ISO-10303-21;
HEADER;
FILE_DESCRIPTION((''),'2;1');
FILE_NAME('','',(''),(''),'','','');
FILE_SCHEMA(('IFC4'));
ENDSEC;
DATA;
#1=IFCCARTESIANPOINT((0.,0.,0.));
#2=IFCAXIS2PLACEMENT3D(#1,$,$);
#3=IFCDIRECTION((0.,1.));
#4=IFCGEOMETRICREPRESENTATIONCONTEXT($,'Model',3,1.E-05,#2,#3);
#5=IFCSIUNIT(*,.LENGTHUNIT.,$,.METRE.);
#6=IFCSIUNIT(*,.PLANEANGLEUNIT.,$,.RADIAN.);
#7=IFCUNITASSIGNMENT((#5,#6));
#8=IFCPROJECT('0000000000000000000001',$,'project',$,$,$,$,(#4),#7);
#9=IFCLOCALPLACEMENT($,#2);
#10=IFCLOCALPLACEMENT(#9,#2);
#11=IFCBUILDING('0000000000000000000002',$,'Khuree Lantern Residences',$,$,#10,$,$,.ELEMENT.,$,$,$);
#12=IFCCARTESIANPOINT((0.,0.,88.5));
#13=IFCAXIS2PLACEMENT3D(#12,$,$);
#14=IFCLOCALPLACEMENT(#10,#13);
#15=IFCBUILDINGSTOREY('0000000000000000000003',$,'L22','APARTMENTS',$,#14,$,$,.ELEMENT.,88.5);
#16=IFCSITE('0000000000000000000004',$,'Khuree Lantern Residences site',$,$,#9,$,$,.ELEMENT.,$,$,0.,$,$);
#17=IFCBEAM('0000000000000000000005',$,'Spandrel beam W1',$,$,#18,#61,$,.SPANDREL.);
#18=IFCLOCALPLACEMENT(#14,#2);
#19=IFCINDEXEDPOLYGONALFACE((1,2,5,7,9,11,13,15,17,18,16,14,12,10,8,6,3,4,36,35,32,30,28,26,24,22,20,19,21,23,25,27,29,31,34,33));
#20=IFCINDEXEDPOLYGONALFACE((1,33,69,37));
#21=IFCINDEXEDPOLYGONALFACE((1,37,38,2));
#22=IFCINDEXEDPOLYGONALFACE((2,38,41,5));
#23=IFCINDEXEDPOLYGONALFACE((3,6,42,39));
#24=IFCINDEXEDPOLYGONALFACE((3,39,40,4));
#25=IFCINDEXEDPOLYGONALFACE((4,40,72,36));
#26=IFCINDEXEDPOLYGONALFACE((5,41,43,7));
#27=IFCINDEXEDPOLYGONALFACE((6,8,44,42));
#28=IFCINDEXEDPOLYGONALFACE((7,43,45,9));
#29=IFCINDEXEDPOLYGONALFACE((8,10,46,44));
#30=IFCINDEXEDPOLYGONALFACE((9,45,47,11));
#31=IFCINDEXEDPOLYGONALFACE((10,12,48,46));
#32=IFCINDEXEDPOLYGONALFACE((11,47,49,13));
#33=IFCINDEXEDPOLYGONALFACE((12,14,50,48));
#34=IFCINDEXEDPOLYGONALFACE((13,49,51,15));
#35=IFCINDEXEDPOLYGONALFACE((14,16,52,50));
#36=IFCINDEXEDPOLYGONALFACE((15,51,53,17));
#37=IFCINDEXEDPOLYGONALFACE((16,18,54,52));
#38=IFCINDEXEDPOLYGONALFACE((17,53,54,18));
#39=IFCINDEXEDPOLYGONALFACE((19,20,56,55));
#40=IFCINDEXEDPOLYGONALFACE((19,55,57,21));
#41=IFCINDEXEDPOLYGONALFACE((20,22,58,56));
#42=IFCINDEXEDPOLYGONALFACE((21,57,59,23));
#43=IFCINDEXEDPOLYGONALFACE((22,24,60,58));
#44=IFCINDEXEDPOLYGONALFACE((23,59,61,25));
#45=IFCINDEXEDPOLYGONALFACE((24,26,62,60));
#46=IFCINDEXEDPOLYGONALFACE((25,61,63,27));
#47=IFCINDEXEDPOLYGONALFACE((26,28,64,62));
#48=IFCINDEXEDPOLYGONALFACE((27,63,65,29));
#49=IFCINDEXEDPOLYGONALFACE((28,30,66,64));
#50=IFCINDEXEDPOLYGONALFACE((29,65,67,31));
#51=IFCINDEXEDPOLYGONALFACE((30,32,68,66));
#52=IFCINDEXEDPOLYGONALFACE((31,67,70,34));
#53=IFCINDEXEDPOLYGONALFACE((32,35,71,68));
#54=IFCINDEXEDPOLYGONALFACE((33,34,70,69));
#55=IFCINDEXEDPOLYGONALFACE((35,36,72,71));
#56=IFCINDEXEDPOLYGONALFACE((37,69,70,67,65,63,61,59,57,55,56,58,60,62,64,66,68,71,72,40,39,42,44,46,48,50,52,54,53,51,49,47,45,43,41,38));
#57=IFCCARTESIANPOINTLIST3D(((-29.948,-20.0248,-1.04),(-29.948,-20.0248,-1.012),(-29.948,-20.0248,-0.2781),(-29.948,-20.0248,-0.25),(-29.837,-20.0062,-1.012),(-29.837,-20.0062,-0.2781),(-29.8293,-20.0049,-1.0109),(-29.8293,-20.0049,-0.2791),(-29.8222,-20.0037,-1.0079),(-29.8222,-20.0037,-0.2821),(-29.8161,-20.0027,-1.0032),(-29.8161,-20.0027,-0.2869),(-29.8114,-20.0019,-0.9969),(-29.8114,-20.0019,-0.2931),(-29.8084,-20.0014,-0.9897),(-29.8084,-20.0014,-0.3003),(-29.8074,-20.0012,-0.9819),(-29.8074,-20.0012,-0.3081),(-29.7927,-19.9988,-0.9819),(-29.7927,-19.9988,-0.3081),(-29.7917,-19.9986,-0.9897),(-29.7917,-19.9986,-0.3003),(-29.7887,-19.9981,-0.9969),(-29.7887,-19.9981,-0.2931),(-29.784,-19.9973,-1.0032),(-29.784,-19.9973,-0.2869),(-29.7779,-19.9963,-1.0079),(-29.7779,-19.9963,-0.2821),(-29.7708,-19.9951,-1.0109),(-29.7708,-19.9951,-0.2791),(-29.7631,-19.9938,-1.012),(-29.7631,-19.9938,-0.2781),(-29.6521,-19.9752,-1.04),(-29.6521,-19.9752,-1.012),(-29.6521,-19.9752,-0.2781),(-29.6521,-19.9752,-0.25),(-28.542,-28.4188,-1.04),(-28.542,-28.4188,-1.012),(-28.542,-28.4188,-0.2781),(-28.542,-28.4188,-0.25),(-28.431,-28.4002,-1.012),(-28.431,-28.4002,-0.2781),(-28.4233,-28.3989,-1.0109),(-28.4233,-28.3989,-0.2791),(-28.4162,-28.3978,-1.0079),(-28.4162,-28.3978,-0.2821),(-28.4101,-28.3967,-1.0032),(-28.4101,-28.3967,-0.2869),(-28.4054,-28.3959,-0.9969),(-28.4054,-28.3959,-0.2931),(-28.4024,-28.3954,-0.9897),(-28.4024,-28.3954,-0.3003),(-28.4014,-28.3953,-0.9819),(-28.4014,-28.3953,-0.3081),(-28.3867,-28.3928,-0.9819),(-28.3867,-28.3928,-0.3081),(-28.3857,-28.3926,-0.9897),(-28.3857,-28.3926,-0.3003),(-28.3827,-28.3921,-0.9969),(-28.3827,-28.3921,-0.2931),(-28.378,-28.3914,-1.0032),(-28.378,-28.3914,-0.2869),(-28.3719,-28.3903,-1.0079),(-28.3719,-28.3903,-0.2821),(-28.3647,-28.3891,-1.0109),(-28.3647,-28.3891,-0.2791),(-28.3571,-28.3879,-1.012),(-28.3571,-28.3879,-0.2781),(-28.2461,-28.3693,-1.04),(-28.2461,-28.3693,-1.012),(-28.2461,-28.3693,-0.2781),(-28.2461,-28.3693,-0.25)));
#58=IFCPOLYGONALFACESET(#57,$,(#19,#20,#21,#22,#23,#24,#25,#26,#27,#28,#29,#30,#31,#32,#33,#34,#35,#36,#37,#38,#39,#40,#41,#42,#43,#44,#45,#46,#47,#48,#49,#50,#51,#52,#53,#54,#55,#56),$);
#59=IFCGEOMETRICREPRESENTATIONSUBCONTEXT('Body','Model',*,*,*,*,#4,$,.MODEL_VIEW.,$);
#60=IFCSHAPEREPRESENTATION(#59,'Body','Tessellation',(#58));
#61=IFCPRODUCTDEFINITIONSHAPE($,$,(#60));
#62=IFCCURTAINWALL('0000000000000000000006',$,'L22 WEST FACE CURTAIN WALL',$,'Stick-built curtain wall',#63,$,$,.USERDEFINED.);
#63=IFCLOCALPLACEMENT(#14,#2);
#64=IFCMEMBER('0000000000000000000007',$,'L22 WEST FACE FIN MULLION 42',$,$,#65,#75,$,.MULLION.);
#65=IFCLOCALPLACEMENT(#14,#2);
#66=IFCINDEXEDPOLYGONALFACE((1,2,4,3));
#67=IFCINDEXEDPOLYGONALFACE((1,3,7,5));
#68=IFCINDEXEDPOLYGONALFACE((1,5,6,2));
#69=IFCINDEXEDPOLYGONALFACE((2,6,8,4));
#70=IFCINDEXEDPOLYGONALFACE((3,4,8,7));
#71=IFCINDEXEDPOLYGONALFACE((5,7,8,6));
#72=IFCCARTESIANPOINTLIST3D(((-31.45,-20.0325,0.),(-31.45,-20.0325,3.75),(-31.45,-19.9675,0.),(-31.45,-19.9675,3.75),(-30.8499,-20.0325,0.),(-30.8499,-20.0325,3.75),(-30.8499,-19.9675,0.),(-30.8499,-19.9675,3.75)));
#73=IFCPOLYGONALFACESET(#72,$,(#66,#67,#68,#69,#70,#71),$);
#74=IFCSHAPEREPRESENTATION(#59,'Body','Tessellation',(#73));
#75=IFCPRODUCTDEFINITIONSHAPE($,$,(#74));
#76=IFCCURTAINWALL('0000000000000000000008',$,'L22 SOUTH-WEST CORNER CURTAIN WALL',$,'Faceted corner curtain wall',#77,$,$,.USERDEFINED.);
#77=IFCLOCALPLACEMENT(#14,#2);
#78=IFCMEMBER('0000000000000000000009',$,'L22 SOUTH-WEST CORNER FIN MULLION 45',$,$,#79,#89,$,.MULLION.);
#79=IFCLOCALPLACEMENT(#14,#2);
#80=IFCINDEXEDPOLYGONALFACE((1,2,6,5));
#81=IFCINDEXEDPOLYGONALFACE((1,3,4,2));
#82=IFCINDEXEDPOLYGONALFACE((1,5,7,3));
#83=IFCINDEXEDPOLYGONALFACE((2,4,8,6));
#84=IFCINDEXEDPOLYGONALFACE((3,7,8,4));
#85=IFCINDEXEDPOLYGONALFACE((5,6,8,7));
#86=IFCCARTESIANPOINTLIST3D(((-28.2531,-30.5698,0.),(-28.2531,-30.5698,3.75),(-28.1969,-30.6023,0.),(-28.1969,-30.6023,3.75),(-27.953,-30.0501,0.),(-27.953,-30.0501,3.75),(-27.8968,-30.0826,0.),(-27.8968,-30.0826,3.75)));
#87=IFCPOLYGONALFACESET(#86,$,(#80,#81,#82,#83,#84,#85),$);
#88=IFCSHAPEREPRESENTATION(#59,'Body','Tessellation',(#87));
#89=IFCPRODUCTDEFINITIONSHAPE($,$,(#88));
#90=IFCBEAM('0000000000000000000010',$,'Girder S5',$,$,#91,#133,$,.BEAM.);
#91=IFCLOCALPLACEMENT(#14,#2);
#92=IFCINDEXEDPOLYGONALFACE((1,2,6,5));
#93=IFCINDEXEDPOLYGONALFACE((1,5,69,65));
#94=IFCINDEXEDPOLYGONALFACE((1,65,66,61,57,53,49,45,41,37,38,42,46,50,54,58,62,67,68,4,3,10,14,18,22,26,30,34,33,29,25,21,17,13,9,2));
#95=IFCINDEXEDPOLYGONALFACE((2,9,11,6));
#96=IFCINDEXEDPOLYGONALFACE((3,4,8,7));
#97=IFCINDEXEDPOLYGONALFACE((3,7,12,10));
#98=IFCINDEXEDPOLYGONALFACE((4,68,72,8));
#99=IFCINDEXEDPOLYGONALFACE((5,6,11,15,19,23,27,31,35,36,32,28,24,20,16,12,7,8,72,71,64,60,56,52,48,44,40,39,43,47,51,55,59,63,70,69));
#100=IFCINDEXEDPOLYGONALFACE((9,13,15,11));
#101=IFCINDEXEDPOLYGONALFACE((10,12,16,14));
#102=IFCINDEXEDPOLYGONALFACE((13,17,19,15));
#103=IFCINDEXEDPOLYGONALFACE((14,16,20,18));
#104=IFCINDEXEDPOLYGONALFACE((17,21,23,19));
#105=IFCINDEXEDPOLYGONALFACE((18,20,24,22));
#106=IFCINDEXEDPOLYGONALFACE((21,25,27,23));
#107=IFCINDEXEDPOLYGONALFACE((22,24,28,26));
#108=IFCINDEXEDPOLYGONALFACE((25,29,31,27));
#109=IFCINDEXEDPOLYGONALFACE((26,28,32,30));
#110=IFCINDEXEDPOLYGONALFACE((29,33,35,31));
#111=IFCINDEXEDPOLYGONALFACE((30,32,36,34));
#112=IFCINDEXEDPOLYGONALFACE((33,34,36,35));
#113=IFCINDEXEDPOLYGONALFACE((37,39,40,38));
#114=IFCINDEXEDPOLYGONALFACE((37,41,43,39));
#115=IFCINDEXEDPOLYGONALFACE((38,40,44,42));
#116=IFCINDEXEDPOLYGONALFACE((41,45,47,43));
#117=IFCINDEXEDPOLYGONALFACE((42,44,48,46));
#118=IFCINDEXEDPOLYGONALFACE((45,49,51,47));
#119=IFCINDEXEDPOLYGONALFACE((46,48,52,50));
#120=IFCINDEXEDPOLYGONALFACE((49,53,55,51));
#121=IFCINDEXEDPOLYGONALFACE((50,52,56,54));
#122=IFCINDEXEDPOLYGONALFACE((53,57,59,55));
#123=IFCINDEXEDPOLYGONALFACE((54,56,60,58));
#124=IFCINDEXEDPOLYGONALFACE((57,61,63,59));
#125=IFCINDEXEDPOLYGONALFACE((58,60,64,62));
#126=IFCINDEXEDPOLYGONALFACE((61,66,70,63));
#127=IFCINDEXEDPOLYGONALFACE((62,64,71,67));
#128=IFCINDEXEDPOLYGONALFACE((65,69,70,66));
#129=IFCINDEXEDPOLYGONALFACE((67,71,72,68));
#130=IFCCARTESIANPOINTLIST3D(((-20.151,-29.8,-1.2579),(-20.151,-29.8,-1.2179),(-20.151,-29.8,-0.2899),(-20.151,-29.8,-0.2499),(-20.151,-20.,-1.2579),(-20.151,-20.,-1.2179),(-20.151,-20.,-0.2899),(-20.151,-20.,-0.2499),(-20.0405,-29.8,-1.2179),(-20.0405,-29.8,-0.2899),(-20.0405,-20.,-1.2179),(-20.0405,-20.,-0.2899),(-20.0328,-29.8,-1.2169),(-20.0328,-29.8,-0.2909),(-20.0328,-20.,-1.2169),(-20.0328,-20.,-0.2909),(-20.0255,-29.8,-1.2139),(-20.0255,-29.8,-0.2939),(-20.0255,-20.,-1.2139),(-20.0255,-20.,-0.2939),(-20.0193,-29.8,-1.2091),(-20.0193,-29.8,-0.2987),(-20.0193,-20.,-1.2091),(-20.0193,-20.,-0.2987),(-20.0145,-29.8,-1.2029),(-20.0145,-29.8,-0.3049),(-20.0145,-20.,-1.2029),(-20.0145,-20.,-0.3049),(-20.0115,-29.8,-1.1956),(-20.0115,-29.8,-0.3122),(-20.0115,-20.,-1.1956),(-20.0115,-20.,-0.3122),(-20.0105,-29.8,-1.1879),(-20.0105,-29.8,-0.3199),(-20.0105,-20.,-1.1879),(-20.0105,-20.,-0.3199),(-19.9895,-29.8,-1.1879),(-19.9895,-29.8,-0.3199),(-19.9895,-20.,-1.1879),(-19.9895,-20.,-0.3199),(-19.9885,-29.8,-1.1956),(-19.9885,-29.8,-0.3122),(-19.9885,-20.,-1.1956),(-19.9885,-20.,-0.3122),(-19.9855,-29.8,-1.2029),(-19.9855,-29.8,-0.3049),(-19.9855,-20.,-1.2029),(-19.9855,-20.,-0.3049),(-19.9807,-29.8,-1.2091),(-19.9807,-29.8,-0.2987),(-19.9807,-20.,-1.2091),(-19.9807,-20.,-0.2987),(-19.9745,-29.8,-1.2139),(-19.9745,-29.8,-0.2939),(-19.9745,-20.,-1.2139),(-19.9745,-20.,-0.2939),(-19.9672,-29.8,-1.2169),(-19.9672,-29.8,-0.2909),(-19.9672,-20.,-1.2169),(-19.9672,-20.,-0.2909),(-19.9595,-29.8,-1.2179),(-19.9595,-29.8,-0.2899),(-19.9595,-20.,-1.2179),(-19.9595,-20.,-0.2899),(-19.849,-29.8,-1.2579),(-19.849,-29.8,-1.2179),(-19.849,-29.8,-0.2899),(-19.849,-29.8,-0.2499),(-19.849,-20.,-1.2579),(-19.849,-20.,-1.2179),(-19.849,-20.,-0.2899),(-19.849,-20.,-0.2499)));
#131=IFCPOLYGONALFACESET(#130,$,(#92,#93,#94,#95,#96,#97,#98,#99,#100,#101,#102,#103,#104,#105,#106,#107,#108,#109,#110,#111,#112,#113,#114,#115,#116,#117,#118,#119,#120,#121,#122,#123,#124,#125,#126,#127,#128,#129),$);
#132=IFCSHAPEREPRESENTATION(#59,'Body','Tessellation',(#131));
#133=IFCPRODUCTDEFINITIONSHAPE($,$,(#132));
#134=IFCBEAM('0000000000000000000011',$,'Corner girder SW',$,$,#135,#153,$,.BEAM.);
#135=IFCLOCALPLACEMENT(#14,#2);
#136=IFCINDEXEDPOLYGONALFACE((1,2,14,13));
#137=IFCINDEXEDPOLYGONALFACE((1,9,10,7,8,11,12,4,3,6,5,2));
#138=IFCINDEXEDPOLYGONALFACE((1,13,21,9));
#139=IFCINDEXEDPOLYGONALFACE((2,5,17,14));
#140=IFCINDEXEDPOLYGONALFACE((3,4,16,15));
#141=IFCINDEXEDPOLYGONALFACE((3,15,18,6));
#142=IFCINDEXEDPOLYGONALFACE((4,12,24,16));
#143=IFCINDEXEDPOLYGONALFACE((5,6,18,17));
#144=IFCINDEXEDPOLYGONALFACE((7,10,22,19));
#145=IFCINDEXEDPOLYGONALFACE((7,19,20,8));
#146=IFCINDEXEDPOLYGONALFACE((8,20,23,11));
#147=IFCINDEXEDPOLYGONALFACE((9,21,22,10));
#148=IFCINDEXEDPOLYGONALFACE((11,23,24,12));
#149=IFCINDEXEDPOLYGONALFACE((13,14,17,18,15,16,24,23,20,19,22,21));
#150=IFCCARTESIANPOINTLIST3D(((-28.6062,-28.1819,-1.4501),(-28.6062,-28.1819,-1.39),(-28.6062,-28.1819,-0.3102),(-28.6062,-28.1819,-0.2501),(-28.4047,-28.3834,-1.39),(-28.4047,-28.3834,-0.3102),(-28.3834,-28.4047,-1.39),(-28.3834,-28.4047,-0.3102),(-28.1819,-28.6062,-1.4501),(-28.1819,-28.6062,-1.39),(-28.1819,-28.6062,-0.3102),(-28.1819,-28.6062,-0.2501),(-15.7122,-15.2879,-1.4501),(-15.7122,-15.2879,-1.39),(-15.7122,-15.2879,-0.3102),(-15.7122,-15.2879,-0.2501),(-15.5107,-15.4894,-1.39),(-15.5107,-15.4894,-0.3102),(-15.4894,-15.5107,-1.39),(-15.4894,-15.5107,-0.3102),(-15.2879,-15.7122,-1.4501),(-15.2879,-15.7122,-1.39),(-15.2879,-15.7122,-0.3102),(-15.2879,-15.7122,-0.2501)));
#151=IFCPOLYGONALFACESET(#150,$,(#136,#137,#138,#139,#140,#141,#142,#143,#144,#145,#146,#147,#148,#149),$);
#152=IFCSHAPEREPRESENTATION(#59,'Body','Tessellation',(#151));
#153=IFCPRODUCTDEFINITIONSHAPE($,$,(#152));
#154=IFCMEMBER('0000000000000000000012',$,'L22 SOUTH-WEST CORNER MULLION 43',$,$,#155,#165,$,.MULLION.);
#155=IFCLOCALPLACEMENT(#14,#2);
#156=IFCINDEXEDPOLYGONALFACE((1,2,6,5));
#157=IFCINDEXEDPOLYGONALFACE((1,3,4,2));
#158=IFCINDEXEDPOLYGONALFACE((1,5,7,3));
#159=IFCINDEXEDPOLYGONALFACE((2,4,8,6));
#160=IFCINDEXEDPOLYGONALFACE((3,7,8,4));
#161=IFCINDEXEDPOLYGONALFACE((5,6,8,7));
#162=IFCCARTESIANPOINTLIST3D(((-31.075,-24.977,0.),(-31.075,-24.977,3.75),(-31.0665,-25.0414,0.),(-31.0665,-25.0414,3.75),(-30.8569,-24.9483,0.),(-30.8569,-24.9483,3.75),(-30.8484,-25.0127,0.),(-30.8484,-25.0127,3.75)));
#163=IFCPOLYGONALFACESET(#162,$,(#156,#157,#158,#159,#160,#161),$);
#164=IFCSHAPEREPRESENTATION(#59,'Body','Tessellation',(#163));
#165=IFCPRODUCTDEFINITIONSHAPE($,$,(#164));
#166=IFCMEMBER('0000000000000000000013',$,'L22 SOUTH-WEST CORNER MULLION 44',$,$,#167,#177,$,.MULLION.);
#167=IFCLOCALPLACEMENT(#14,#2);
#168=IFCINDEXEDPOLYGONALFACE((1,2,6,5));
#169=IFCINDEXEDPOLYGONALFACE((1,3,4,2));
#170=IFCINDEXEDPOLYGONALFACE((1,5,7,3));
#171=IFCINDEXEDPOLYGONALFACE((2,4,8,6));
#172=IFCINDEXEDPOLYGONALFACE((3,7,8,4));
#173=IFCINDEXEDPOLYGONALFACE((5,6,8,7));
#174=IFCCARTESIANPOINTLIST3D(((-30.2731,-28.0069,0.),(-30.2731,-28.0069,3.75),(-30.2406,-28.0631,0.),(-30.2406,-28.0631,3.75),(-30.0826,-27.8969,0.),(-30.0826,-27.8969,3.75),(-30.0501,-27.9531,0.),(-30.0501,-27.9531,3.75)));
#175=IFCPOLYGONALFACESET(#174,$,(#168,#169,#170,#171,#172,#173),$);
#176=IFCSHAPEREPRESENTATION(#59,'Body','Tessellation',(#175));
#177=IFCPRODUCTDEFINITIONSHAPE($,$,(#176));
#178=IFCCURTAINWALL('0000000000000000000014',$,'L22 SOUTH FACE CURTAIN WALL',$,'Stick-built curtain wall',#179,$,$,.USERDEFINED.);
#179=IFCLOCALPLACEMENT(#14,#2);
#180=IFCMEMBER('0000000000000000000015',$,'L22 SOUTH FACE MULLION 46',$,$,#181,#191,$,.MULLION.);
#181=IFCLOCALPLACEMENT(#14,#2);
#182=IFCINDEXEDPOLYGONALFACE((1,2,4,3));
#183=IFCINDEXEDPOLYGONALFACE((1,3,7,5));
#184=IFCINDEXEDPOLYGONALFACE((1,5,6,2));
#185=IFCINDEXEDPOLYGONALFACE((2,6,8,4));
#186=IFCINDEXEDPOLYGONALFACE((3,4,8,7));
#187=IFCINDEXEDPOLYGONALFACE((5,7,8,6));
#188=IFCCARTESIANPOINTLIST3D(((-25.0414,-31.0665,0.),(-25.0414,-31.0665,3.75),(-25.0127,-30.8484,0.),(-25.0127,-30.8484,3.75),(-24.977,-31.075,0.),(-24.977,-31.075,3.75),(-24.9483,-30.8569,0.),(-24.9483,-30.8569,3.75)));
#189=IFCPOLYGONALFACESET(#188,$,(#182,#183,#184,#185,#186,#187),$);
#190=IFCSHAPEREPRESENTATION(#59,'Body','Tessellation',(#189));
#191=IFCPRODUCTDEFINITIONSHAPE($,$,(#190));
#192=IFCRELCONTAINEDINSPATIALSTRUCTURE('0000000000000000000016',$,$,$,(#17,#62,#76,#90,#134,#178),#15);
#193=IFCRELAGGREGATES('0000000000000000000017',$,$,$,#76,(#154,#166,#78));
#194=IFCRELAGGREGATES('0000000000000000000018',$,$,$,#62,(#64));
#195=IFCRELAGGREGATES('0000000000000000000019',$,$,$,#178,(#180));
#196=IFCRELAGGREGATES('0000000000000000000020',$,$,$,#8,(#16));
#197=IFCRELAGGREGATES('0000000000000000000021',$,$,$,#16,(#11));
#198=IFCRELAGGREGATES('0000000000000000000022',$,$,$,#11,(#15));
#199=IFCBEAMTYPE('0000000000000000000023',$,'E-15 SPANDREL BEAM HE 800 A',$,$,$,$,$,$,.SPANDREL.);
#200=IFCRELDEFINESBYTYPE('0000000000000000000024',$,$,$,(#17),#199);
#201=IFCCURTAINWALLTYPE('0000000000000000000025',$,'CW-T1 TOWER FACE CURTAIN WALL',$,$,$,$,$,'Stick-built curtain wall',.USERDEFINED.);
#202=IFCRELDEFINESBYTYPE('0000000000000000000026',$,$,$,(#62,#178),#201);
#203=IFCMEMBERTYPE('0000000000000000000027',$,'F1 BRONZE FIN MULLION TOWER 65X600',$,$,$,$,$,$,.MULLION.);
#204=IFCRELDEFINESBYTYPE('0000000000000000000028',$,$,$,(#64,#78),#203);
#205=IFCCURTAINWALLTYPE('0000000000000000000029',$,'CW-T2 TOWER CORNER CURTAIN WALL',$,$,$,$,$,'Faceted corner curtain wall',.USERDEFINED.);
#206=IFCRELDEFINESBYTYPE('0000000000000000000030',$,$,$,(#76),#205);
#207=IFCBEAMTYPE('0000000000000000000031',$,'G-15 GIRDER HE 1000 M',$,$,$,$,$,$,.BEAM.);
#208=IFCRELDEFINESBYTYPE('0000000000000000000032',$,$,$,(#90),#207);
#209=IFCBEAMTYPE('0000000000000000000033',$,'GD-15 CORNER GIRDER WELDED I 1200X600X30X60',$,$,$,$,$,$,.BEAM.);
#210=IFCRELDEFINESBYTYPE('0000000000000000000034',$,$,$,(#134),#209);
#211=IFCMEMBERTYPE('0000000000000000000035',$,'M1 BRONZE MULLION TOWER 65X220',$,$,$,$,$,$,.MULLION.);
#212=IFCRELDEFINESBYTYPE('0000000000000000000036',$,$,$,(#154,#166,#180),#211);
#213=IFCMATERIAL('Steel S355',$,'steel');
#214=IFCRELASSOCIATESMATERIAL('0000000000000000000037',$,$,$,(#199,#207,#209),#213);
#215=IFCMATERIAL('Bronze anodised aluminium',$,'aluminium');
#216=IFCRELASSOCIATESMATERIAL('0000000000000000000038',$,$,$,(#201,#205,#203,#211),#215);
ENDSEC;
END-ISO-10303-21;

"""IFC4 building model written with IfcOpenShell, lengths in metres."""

from ifc_helpers import new_model, si_unit, direction, frame, origin, origin_2d, place, context, subcontext, project, spatial, rectangle, i_section, extrude, material, material_profile, profile_set, type_object, element, aggregate, save


model = new_model("IFC4")

# Units and contexts
model_context = context("Model", 3, precision=1e-05, world=origin(), true_north=direction((0.0, 1.0)))
body_context = subcontext(model_context, "Body", "Model", "MODEL_VIEW")
ifc_project = project(units=[si_unit("LENGTHUNIT", "METRE"), si_unit("PLANEANGLEUNIT", "RADIAN")], contexts=[model_context])

# Site, building, storey
site_placement = place(None, origin())
site = spatial("IfcSite", under=ifc_project, at=site_placement, Name="Khuree Lantern Residences site", CompositionType="ELEMENT", RefElevation=0.0)
building_placement = place(site_placement, origin())
building = spatial("IfcBuilding", under=site, at=building_placement, Name="Khuree Lantern Residences", CompositionType="ELEMENT")
storey_placement = place(building_placement, frame((0.0, 0.0, 88.5)))
storey = spatial("IfcBuildingStorey", under=building, at=storey_placement, Name="L22", Description="APARTMENTS", CompositionType="ELEMENT", Elevation=88.5)

# Beam
ifc_material_1 = material(Name="Steel S355", Category="steel")
ifc_material_profile_1 = material_profile(ifc_material_1, i_section(OverallWidth=0.3, OverallDepth=0.79, WebThickness=0.0149, FlangeThickness=0.0281, FilletRadius=0.03, at=origin_2d()), Name="HE 800 A")
ifc_profile_set_1 = profile_set([ifc_material_profile_1], Name="Steel S355")
beam_type_1 = type_object("IfcBeamType", Name="E-15 SPANDREL BEAM HE 800 A", PredefinedType="SPANDREL", material=ifc_profile_set_1)
for number, where, z_axis, x_axis, name in (
    (1, (-28.394, -28.394, -0.645), (-0.165199, 0.98626, 0.0), (-0.98626, -0.165199, 0.0), "Spandrel beam W1"),
):
    element("IfcBeam", number, at=place(storey_placement, frame(where, z_axis=z_axis, x_axis=x_axis)), inside=storey, type_object=beam_type_1, Name=name, PredefinedType="SPANDREL", context=body_context, shape_type="SweptSolid", body=[
        extrude(i_section(OverallWidth=0.3, OverallDepth=0.79, WebThickness=0.0149, FlangeThickness=0.0281, FilletRadius=0.03, at=origin_2d()), origin(), (0.0, 0.0, 1.0), 8.511),
    ])

# Curtain walls, members
ifc_material_2 = material(Name="Bronze anodised aluminium", Category="aluminium")
curtain_wall_type_1 = type_object("IfcCurtainWallType", Name="CW-T1 TOWER FACE CURTAIN WALL", ElementType="Stick-built curtain wall", PredefinedType="USERDEFINED", material=ifc_material_2)
curtain_wall_1_placement = place(storey_placement, origin())
curtain_wall_1 = element("IfcCurtainWall", 2, at=curtain_wall_1_placement, inside=storey, type_object=curtain_wall_type_1, Name="L22 WEST FACE CURTAIN WALL", ObjectType="Stick-built curtain wall", PredefinedType="USERDEFINED")
ifc_material_profile_2 = material_profile(ifc_material_2, rectangle(XDim=0.0649, YDim=0.6001, at=origin_2d()), Name="F1 65X600")
ifc_profile_set_2 = profile_set([ifc_material_profile_2], Name="Bronze anodised aluminium")
member_type_1 = type_object("IfcMemberType", Name="F1 BRONZE FIN MULLION TOWER 65X600", PredefinedType="MULLION", material=ifc_profile_set_2)
member_1_placement = place(storey_placement, frame((-31.1499, -20.0, 0.0), z_axis=(0.0, 0.0, 1.0), x_axis=(0.0, -1.0, 0.0)))
member_1 = element("IfcMember", 3, at=member_1_placement, type_object=member_type_1, Name="L22 WEST FACE FIN MULLION 42", PredefinedType="MULLION", context=body_context, shape_type="SweptSolid", body=[
    extrude(rectangle(XDim=0.0649, YDim=0.6001, at=origin_2d()), origin(), (0.0, 0.0, 1.0), 3.75),
])
curtain_wall_type_2 = type_object("IfcCurtainWallType", Name="CW-T2 TOWER CORNER CURTAIN WALL", ElementType="Faceted corner curtain wall", PredefinedType="USERDEFINED", material=ifc_material_2)
curtain_wall_2_placement = place(storey_placement, origin())
curtain_wall_2 = element("IfcCurtainWall", 4, at=curtain_wall_2_placement, inside=storey, type_object=curtain_wall_type_2, Name="L22 SOUTH-WEST CORNER CURTAIN WALL", ObjectType="Faceted corner curtain wall", PredefinedType="USERDEFINED")
member_2_placement = place(storey_placement, frame((-28.075, -30.3262, 0.0), z_axis=(0.0, 0.0, 1.0), x_axis=(0.866025, -0.5, 0.0)))
member_2 = element("IfcMember", 5, at=member_2_placement, type_object=member_type_1, Name="L22 SOUTH-WEST CORNER FIN MULLION 45", PredefinedType="MULLION", context=body_context, shape_type="SweptSolid", body=[
    extrude(rectangle(XDim=0.0649, YDim=0.6001, at=origin_2d()), origin(), (0.0, 0.0, 1.0), 3.75),
])

# Beams
ifc_material_profile_3 = material_profile(ifc_material_1, i_section(OverallWidth=0.302, OverallDepth=1.0081, WebThickness=0.021, FlangeThickness=0.04, FilletRadius=0.03, at=origin_2d()), Name="HE 1000 M")
ifc_profile_set_3 = profile_set([ifc_material_profile_3], Name="Steel S355")
beam_type_2 = type_object("IfcBeamType", Name="G-15 GIRDER HE 1000 M", PredefinedType="BEAM", material=ifc_profile_set_3)
beam_1_placement = place(storey_placement, frame((-20.0, -29.8, -0.7539), z_axis=(0.0, 1.0, 0.0), x_axis=(-1.0, 0.0, 0.0)))
element("IfcBeam", 6, at=beam_1_placement, inside=storey, type_object=beam_type_2, Name="Girder S5", PredefinedType="BEAM", context=body_context, shape_type="SweptSolid", body=[
    extrude(i_section(OverallWidth=0.302, OverallDepth=1.0081, WebThickness=0.021, FlangeThickness=0.04, FilletRadius=0.03, at=origin_2d()), origin(), (0.0, 0.0, 1.0), 9.8),
])
ifc_material_profile_4 = material_profile(ifc_material_1, i_section(OverallWidth=0.6001, OverallDepth=1.2, WebThickness=0.03, FlangeThickness=0.0601, at=origin_2d()), Name="WELDED I 1200X600X30X60")
ifc_profile_set_4 = profile_set([ifc_material_profile_4], Name="Steel S355")
beam_type_3 = type_object("IfcBeamType", Name="GD-15 CORNER GIRDER WELDED I 1200X600X30X60", PredefinedType="BEAM", material=ifc_profile_set_4)
beam_2_placement = place(storey_placement, frame((-28.394, -28.394, -0.8501), z_axis=(0.707107, 0.707107, 0.0), x_axis=(-0.707107, 0.707107, 0.0)))
element("IfcBeam", 7, at=beam_2_placement, inside=storey, type_object=beam_type_3, Name="Corner girder SW", PredefinedType="BEAM", context=body_context, shape_type="SweptSolid", body=[
    extrude(i_section(OverallWidth=0.6001, OverallDepth=1.2, WebThickness=0.03, FlangeThickness=0.0601, at=origin_2d()), origin(), (0.0, 0.0, 1.0), 18.2349),
])

# Members
ifc_material_profile_5 = material_profile(ifc_material_2, rectangle(XDim=0.0649, YDim=0.22, at=origin_2d()), Name="M1 65X220")
ifc_profile_set_5 = profile_set([ifc_material_profile_5], Name="Bronze anodised aluminium")
member_type_2 = type_object("IfcMemberType", Name="M1 BRONZE MULLION TOWER 65X220", PredefinedType="MULLION", material=ifc_profile_set_5)
member_3_placement = place(storey_placement, frame((-30.9617, -24.9949, 0.0), z_axis=(0.0, 0.0, 1.0), x_axis=(0.130526, -0.991445, 0.0)))
member_3 = element("IfcMember", 8, at=member_3_placement, type_object=member_type_2, Name="L22 SOUTH-WEST CORNER MULLION 43", PredefinedType="MULLION", context=body_context, shape_type="SweptSolid", body=[
    extrude(rectangle(XDim=0.0649, YDim=0.22, at=origin_2d()), origin(), (0.0, 0.0, 1.0), 3.75),
])
member_4_placement = place(storey_placement, frame((-30.1616, -27.98, 0.0), z_axis=(0.0, 0.0, 1.0), x_axis=(0.5, -0.866025, 0.0)))
member_4 = element("IfcMember", 9, at=member_4_placement, type_object=member_type_2, Name="L22 SOUTH-WEST CORNER MULLION 44", PredefinedType="MULLION", context=body_context, shape_type="SweptSolid", body=[
    extrude(rectangle(XDim=0.0649, YDim=0.22, at=origin_2d()), origin(), (0.0, 0.0, 1.0), 3.75),
])

# Curtain wall, member
curtain_wall_3_placement = place(storey_placement, origin())
curtain_wall_3 = element("IfcCurtainWall", 10, at=curtain_wall_3_placement, inside=storey, type_object=curtain_wall_type_1, Name="L22 SOUTH FACE CURTAIN WALL", ObjectType="Stick-built curtain wall", PredefinedType="USERDEFINED")
member_5_placement = place(storey_placement, frame((-24.9949, -30.9617, 0.0), z_axis=(0.0, 0.0, 1.0), x_axis=(0.991445, -0.130526, 0.0)))
member_5 = element("IfcMember", 11, at=member_5_placement, type_object=member_type_2, Name="L22 SOUTH FACE MULLION 46", PredefinedType="MULLION", context=body_context, shape_type="SweptSolid", body=[
    extrude(rectangle(XDim=0.0649, YDim=0.22, at=origin_2d()), origin(), (0.0, 0.0, 1.0), 3.75),
])

aggregate(curtain_wall_2, [member_3, member_4, member_2])
aggregate(curtain_wall_1, [member_1])
aggregate(curtain_wall_3, [member_5])

save(model, "model.ifc")
